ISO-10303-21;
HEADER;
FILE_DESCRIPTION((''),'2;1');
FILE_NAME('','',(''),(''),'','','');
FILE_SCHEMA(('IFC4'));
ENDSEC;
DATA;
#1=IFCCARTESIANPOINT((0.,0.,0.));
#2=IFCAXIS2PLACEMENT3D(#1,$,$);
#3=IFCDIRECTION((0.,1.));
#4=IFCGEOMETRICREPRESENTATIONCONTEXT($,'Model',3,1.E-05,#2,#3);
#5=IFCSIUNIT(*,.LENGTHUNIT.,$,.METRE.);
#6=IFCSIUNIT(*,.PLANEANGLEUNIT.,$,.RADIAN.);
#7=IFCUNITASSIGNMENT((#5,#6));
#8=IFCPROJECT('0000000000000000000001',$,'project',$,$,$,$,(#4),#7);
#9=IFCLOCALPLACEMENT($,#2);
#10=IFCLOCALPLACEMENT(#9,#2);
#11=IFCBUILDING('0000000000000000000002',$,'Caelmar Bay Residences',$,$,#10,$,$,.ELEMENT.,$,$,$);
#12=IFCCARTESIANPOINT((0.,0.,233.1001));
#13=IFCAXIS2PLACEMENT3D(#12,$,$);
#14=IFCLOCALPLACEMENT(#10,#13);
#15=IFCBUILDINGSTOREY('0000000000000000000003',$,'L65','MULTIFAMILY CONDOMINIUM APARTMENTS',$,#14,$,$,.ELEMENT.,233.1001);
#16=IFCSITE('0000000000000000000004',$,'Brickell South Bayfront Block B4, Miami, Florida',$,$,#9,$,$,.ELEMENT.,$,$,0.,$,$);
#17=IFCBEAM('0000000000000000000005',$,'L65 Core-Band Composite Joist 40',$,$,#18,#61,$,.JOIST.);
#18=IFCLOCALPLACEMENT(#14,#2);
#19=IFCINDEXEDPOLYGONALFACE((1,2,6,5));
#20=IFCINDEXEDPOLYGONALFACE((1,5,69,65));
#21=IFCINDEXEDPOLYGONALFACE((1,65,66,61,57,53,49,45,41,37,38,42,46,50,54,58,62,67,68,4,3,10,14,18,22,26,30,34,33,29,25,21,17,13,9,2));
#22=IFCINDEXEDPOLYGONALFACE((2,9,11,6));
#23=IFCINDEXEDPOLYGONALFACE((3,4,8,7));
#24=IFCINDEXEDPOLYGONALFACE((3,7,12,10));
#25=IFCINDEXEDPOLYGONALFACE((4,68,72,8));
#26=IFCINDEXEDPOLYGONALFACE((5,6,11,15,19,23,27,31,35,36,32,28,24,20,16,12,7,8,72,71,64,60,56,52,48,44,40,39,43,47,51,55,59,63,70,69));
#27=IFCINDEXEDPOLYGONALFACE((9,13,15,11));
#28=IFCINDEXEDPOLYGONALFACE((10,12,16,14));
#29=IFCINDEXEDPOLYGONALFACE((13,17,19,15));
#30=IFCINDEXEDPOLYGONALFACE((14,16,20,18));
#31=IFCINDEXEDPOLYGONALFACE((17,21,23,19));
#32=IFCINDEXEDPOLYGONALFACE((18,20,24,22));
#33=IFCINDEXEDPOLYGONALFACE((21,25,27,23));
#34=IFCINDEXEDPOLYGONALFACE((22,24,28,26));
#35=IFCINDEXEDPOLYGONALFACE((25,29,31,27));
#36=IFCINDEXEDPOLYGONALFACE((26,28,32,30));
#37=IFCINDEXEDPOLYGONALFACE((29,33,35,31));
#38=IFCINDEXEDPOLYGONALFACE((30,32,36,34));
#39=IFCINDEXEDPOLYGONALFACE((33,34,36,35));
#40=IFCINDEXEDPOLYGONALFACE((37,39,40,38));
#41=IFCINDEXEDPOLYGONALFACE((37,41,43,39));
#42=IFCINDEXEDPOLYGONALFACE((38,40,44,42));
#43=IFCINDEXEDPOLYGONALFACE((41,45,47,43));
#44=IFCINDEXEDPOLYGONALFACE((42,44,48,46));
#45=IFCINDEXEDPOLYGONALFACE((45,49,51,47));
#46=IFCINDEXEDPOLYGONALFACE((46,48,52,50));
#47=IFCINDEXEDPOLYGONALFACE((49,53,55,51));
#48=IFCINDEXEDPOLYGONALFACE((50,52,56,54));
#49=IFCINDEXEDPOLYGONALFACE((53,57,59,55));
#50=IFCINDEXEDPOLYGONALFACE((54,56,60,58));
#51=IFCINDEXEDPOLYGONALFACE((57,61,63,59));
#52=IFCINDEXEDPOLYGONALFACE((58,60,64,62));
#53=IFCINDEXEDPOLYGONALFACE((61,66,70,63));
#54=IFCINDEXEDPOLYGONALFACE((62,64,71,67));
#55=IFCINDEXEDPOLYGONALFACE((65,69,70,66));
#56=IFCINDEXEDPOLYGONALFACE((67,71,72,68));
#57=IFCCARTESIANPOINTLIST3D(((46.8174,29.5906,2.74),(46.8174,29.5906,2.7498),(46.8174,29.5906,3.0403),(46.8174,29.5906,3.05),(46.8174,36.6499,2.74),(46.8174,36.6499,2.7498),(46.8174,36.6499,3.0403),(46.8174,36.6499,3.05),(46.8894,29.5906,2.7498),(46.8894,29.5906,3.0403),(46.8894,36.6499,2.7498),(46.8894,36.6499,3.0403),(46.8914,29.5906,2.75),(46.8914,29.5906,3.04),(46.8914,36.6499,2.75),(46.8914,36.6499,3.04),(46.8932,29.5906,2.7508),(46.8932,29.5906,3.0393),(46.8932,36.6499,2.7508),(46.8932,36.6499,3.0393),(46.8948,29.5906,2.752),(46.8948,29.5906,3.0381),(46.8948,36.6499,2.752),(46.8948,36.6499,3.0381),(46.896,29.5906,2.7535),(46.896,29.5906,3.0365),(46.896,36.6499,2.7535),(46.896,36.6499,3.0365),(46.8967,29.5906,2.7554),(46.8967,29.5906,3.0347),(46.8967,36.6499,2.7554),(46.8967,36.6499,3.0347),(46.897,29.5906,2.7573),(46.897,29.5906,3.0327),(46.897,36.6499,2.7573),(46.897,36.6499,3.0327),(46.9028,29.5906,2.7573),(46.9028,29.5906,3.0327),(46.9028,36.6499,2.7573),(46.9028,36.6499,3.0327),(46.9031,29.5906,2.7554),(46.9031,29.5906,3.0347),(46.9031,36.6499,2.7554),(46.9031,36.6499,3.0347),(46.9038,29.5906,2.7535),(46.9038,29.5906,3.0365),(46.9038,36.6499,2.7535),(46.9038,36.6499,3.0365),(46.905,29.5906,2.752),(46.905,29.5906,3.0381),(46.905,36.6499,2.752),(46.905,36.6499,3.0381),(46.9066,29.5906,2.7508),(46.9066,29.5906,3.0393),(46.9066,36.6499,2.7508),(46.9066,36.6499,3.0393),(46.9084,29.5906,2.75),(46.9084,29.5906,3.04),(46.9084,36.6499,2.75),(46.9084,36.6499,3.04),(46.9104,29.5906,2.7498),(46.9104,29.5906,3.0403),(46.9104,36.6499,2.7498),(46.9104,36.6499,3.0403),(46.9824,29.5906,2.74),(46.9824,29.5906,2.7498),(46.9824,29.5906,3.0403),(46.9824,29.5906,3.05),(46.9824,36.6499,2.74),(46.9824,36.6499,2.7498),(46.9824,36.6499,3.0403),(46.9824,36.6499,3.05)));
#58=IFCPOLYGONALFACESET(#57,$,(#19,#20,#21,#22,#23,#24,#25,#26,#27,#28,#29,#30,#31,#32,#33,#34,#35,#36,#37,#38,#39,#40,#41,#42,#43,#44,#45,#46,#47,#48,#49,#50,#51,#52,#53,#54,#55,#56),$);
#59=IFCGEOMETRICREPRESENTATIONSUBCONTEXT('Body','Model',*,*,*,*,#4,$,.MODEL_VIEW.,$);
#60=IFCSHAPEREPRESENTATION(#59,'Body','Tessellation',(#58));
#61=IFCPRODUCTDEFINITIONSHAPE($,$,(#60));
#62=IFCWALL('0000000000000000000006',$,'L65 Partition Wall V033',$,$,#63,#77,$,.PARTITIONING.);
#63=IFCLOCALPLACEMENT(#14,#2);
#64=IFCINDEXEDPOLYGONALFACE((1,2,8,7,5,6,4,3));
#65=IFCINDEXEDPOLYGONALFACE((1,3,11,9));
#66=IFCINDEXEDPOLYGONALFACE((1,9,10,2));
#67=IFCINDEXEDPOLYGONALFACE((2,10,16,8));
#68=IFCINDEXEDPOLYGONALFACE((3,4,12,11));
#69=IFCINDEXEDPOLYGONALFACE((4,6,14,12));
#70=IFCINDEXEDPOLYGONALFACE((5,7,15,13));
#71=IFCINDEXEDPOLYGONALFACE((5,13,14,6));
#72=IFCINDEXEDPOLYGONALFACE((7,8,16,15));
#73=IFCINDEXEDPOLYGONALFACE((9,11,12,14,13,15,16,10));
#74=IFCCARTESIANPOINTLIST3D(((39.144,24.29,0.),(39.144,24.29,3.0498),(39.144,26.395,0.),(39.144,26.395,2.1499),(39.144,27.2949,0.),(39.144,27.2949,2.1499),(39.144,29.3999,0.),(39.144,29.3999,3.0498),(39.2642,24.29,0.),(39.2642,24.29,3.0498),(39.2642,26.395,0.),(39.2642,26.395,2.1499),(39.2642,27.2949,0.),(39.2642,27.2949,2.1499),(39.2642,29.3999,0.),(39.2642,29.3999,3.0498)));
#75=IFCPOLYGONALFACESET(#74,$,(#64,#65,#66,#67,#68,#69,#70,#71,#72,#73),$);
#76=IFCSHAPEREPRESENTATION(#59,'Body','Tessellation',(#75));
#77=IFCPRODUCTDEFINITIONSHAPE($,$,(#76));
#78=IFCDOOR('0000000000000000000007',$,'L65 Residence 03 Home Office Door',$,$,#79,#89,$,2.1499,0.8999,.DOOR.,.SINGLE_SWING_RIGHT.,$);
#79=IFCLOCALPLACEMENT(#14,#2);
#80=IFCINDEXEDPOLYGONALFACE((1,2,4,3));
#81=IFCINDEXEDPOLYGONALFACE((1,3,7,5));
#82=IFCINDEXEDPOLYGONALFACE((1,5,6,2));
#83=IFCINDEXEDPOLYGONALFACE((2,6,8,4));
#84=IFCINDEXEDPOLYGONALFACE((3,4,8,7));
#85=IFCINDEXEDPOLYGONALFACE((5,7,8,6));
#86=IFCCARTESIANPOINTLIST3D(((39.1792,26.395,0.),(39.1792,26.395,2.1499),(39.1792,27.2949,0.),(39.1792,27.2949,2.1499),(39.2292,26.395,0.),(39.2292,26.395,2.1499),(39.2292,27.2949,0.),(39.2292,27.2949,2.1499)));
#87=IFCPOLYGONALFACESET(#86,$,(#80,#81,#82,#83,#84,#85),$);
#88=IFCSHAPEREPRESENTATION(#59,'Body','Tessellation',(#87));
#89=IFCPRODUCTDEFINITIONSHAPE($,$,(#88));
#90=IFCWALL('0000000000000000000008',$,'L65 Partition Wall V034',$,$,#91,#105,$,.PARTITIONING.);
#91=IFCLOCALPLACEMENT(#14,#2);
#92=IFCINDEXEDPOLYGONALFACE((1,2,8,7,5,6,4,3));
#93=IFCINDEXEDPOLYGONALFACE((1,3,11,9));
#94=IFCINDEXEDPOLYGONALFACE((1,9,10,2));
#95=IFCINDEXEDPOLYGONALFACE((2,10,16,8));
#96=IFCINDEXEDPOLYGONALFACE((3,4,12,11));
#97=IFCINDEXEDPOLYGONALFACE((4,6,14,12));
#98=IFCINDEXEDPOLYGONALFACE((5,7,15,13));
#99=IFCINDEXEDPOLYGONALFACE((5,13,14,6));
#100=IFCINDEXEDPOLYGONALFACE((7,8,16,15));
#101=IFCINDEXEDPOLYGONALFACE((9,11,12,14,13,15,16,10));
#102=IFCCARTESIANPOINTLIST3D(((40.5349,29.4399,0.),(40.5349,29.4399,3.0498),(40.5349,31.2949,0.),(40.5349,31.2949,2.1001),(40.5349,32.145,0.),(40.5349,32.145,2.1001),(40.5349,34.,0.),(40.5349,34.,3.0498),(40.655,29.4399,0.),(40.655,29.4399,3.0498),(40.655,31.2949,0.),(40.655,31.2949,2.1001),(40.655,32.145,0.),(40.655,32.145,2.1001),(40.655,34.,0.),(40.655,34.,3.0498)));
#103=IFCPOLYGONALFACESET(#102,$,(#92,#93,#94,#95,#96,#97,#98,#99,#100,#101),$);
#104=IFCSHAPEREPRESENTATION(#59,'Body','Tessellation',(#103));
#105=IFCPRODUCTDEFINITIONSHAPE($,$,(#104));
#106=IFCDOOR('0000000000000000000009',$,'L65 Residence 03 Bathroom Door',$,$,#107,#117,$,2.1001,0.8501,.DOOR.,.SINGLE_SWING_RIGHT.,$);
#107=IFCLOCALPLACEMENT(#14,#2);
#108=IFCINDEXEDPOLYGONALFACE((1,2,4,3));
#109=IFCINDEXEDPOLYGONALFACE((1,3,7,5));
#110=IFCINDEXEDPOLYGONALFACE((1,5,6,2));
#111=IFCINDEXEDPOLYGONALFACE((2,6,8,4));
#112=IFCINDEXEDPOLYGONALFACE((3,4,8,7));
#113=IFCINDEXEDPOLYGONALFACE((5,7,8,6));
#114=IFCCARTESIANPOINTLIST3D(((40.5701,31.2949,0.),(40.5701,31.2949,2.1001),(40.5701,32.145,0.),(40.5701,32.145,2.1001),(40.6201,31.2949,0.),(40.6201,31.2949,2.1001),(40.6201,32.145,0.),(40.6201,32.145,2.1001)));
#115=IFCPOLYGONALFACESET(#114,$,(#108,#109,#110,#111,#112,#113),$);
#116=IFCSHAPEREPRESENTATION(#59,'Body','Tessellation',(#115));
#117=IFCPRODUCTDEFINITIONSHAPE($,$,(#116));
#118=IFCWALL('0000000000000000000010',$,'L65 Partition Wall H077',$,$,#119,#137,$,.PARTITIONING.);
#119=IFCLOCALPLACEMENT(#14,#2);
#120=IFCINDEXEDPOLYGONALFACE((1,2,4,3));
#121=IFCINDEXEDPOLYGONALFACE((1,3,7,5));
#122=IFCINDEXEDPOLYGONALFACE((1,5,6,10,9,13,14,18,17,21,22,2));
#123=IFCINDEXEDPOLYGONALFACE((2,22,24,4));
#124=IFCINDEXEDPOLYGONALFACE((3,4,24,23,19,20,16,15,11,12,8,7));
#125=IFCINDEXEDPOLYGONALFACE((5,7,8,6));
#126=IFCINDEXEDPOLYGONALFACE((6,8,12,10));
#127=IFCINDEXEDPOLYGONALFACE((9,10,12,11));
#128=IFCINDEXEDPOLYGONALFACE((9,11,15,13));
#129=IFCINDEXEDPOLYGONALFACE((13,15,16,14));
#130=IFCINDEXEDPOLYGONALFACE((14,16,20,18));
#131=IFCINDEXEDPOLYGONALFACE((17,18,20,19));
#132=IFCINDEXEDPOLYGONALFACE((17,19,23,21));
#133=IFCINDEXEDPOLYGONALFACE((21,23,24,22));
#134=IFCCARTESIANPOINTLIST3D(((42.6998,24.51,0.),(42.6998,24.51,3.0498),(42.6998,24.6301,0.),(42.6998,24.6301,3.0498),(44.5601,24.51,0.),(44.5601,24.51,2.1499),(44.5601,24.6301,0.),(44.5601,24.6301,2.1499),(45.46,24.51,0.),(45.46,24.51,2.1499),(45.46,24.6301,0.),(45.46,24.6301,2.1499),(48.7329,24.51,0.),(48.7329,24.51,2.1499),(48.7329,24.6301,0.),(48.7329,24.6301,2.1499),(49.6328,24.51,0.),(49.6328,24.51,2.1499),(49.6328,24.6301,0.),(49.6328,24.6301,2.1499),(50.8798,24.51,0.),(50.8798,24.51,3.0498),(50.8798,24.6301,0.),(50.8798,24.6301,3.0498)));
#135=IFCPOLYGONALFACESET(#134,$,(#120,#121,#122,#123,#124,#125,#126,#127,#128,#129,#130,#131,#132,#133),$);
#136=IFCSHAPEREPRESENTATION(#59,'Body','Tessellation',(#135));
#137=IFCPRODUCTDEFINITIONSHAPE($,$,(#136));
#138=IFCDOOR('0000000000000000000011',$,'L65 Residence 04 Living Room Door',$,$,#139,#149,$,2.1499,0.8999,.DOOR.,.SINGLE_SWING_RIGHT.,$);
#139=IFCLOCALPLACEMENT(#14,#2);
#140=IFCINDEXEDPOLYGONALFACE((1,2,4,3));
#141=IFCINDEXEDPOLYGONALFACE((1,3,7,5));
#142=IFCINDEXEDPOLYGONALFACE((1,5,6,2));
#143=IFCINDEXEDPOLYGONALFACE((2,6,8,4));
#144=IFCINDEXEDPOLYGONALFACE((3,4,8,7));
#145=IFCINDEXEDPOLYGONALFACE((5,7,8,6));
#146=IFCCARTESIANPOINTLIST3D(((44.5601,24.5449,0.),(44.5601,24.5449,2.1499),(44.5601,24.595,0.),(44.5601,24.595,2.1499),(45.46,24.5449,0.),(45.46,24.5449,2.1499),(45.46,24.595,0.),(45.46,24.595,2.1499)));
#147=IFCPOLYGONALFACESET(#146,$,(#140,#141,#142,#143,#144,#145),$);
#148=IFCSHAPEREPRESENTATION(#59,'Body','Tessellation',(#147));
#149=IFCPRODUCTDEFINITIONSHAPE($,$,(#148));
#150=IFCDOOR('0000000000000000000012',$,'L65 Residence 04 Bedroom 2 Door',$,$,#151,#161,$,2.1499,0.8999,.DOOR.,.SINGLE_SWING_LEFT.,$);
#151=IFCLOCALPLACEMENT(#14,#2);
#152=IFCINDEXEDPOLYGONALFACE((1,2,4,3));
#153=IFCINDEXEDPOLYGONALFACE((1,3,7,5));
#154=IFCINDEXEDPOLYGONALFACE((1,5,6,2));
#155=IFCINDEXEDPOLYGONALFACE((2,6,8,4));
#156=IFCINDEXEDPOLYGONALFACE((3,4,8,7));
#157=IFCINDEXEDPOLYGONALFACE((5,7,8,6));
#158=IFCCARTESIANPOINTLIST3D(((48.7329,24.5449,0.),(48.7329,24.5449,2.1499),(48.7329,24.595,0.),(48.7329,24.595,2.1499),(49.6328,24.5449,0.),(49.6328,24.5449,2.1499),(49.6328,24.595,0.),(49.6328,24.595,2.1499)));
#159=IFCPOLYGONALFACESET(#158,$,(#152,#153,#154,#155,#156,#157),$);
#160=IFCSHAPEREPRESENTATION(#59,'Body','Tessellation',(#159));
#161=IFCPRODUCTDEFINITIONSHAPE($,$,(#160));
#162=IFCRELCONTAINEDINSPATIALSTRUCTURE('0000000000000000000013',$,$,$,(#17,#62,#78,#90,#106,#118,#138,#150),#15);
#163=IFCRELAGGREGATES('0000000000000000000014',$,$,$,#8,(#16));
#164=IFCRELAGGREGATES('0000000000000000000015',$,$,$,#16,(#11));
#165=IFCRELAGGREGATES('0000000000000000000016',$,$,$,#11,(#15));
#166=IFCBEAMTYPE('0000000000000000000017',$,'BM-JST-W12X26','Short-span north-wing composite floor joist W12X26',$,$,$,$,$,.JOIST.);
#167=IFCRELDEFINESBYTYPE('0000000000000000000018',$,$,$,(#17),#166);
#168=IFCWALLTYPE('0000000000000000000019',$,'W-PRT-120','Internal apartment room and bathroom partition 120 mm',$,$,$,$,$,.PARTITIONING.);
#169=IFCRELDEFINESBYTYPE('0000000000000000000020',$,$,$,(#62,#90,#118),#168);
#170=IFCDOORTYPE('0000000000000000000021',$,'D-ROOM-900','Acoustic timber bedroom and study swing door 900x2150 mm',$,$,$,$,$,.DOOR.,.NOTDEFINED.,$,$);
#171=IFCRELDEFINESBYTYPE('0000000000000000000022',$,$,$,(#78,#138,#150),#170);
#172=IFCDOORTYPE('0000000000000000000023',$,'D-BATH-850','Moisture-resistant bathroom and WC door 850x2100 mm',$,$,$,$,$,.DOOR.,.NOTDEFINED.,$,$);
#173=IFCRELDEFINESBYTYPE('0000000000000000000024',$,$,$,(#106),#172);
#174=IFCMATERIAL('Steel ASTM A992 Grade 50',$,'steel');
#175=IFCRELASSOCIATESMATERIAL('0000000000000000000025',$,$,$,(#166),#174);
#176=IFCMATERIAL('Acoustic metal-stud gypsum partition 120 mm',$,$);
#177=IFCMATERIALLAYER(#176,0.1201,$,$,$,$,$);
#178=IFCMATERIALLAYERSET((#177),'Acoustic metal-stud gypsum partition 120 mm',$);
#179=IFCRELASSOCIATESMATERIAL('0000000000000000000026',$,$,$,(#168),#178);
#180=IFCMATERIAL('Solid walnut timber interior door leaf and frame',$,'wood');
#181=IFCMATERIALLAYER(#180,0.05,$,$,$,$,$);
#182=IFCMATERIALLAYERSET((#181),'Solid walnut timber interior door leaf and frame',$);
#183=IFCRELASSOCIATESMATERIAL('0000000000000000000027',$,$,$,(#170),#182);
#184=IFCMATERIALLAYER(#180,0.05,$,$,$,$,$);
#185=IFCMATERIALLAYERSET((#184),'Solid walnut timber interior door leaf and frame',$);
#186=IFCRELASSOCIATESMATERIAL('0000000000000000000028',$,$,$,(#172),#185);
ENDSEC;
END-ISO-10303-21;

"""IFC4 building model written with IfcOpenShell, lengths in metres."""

from ifc_helpers import new_model, si_unit, direction, frame, frame_2d, origin, origin_2d, place, context, subcontext, project, spatial, rectangle, i_section, extrude, material, layer, layer_set, material_profile, profile_set, type_object, element, fill, save


model = new_model("IFC4")

# Units and contexts
model_context = context("Model", 3, precision=1e-05, world=origin(), true_north=direction((0.0, 1.0)))
body_context = subcontext(model_context, "Body", "Model", "MODEL_VIEW")
ifc_project = project(units=[si_unit("LENGTHUNIT", "METRE"), si_unit("PLANEANGLEUNIT", "RADIAN")], contexts=[model_context])

# Site, building, storey
site_placement = place(None, origin())
site = spatial("IfcSite", under=ifc_project, at=site_placement, Name="Brickell South Bayfront Block B4, Miami, Florida", CompositionType="ELEMENT", RefElevation=0.0)
building_placement = place(site_placement, origin())
building = spatial("IfcBuilding", under=site, at=building_placement, Name="Caelmar Bay Residences", CompositionType="ELEMENT")
storey_placement = place(building_placement, frame((0.0, 0.0, 233.1001)))
storey = spatial("IfcBuildingStorey", under=building, at=storey_placement, Name="L65", Description="MULTIFAMILY CONDOMINIUM APARTMENTS", CompositionType="ELEMENT", Elevation=233.1001)

# Beam
ifc_material_1 = material(Name="Steel ASTM A992 Grade 50", Category="steel")
ifc_material_profile_1 = material_profile(ifc_material_1, i_section(OverallWidth=0.165, OverallDepth=0.3101, WebThickness=0.0059, FlangeThickness=0.0098, FilletRadius=0.0076, at=origin_2d()), Name="W12X26")
ifc_profile_set_1 = profile_set([ifc_material_profile_1], Name="Steel ASTM A992 Grade 50")
beam_type_1 = type_object("IfcBeamType", Name="BM-JST-W12X26", Description="Short-span north-wing composite floor joist W12X26", PredefinedType="JOIST", material=ifc_profile_set_1)
for number, where, z_axis, x_axis, name in (
    (1, (46.8999, 29.5906, 2.895), (0.0, 1.0, 0.0), (-1.0, 0.0, 0.0), "L65 Core-Band Composite Joist 40"),
):
    element("IfcBeam", number, at=place(storey_placement, frame(where, z_axis=z_axis, x_axis=x_axis)), inside=storey, type_object=beam_type_1, Name=name, PredefinedType="JOIST", context=body_context, shape_type="SweptSolid", body=[
        extrude(i_section(OverallWidth=0.165, OverallDepth=0.3101, WebThickness=0.0059, FlangeThickness=0.0098, FilletRadius=0.0076, at=origin_2d()), origin(), (0.0, 0.0, 1.0), 7.0593),
    ])

# Walls, openings, doors
ifc_material_2 = material(Name="Acoustic metal-stud gypsum partition 120 mm")
ifc_layer_1 = layer(ifc_material_2, 0.1201)
ifc_layer_set_1 = layer_set([ifc_layer_1], Name="Acoustic metal-stud gypsum partition 120 mm")
wall_type_1 = type_object("IfcWallType", Name="W-PRT-120", Description="Internal apartment room and bathroom partition 120 mm", PredefinedType="PARTITIONING", material=ifc_layer_set_1)
wall_1_placement = place(storey_placement, frame((39.2041, 24.29, 0.0), z_axis=(0.0, 0.0, 1.0), x_axis=(0.0, 1.0, 0.0)))
wall_1 = element("IfcWall", 2, at=wall_1_placement, inside=storey, type_object=wall_type_1, Name="L65 Partition Wall V033", PredefinedType="PARTITIONING", context=body_context, shape_type="SweptSolid", body=[
    extrude(rectangle(XDim=5.1099, YDim=0.1201, at=frame_2d((2.5549, 0.0))), origin(), (0.0, 0.0, 1.0), 3.0498),
])
opening_1_placement = place(wall_1_placement, frame((2.105, 0.0, 0.0)))
opening_1 = element("IfcOpeningElement", 3, at=opening_1_placement, cuts=wall_1, PredefinedType="OPENING", context=body_context, shape_type="SweptSolid", body=[
    extrude(rectangle(XDim=0.8999, YDim=2.1499, at=frame_2d((0.45, 1.075))), frame((0.0, 0.0701, 0.0), z_axis=(0.0, -1.0, 0.0), x_axis=(1.0, 0.0, 0.0)), (0.0, 0.0, 1.0), 0.1401),
])
ifc_material_3 = material(Name="Solid walnut timber interior door leaf and frame", Category="wood")
ifc_layer_2 = layer(ifc_material_3, 0.05)
ifc_layer_set_2 = layer_set([ifc_layer_2], Name="Solid walnut timber interior door leaf and frame")
door_type_1 = type_object("IfcDoorType", Name="D-ROOM-900", Description="Acoustic timber bedroom and study swing door 900x2150 mm", OperationType="NOTDEFINED", PredefinedType="DOOR", material=ifc_layer_set_2)
door_1_placement = place(opening_1_placement, origin())
door_1 = element("IfcDoor", 4, at=door_1_placement, inside=storey, type_object=door_type_1, Name="L65 Residence 03 Home Office Door", OperationType="SINGLE_SWING_RIGHT", OverallHeight=2.1499, OverallWidth=0.8999, PredefinedType="DOOR", context=body_context, shape_type="SweptSolid", body=[
    extrude(rectangle(XDim=0.8999, YDim=2.1499, at=frame_2d((0.45, 1.075))), frame((0.0, 0.0249, 0.0), z_axis=(0.0, -1.0, 0.0), x_axis=(1.0, 0.0, 0.0)), (0.0, 0.0, 1.0), 0.05),
])
fill(opening_1, door_1)
wall_2_placement = place(storey_placement, frame((40.595, 29.4399, 0.0), z_axis=(0.0, 0.0, 1.0), x_axis=(0.0, 1.0, 0.0)))
wall_2 = element("IfcWall", 5, at=wall_2_placement, inside=storey, type_object=wall_type_1, Name="L65 Partition Wall V034", PredefinedType="PARTITIONING", context=body_context, shape_type="SweptSolid", body=[
    extrude(rectangle(XDim=4.5601, YDim=0.1201, at=frame_2d((2.28, 0.0))), origin(), (0.0, 0.0, 1.0), 3.0498),
])
opening_2_placement = place(wall_2_placement, frame((1.855, 0.0, 0.0)))
opening_2 = element("IfcOpeningElement", 6, at=opening_2_placement, cuts=wall_2, PredefinedType="OPENING", context=body_context, shape_type="SweptSolid", body=[
    extrude(rectangle(XDim=0.8501, YDim=2.1001, at=frame_2d((0.425, 1.05))), frame((0.0, 0.0701, 0.0), z_axis=(0.0, -1.0, 0.0), x_axis=(1.0, 0.0, 0.0)), (0.0, 0.0, 1.0), 0.1401),
])
ifc_layer_3 = layer(ifc_material_3, 0.05)
ifc_layer_set_3 = layer_set([ifc_layer_3], Name="Solid walnut timber interior door leaf and frame")
door_type_2 = type_object("IfcDoorType", Name="D-BATH-850", Description="Moisture-resistant bathroom and WC door 850x2100 mm", OperationType="NOTDEFINED", PredefinedType="DOOR", material=ifc_layer_set_3)
door_2_placement = place(opening_2_placement, origin())
door_2 = element("IfcDoor", 7, at=door_2_placement, inside=storey, type_object=door_type_2, Name="L65 Residence 03 Bathroom Door", OperationType="SINGLE_SWING_RIGHT", OverallHeight=2.1001, OverallWidth=0.8501, PredefinedType="DOOR", context=body_context, shape_type="SweptSolid", body=[
    extrude(rectangle(XDim=0.8501, YDim=2.1001, at=frame_2d((0.425, 1.05))), frame((0.0, 0.0249, 0.0), z_axis=(0.0, -1.0, 0.0), x_axis=(1.0, 0.0, 0.0)), (0.0, 0.0, 1.0), 0.05),
])
fill(opening_2, door_2)

# Wall, openings, doors
wall_3_placement = place(storey_placement, frame((42.7, 24.5701, 0.0), z_axis=(0.0, 0.0, 1.0), x_axis=(1.0, 0.0, 0.0)))
wall_3 = element("IfcWall", 8, at=wall_3_placement, inside=storey, type_object=wall_type_1, Name="L65 Partition Wall H077", PredefinedType="PARTITIONING", context=body_context, shape_type="SweptSolid", body=[
    extrude(rectangle(XDim=8.1799, YDim=0.1201, at=frame_2d((4.0898, 0.0))), origin(), (0.0, 0.0, 1.0), 3.0498),
])
opening_3_placement = place(wall_3_placement, frame((1.8601, 0.0, 0.0)))
opening_3 = element("IfcOpeningElement", 9, at=opening_3_placement, cuts=wall_3, PredefinedType="OPENING", context=body_context, shape_type="SweptSolid", body=[
    extrude(rectangle(XDim=0.8999, YDim=2.1499, at=frame_2d((0.45, 1.075))), frame((0.0, 0.0701, 0.0), z_axis=(0.0, -1.0, 0.0), x_axis=(1.0, 0.0, 0.0)), (0.0, 0.0, 1.0), 0.1401),
])
opening_4_placement = place(wall_3_placement, frame((6.033, 0.0, 0.0)))
opening_4 = element("IfcOpeningElement", 10, at=opening_4_placement, cuts=wall_3, PredefinedType="OPENING", context=body_context, shape_type="SweptSolid", body=[
    extrude(rectangle(XDim=0.8999, YDim=2.1499, at=frame_2d((0.45, 1.075))), frame((0.0, 0.0701, 0.0), z_axis=(0.0, -1.0, 0.0), x_axis=(1.0, 0.0, 0.0)), (0.0, 0.0, 1.0), 0.1401),
])
door_3_placement = place(opening_3_placement, origin())
door_3 = element("IfcDoor", 11, at=door_3_placement, inside=storey, type_object=door_type_1, Name="L65 Residence 04 Living Room Door", OperationType="SINGLE_SWING_RIGHT", OverallHeight=2.1499, OverallWidth=0.8999, PredefinedType="DOOR", context=body_context, shape_type="SweptSolid", body=[
    extrude(rectangle(XDim=0.8999, YDim=2.1499, at=frame_2d((0.45, 1.075))), frame((0.0, 0.0249, 0.0), z_axis=(0.0, -1.0, 0.0), x_axis=(1.0, 0.0, 0.0)), (0.0, 0.0, 1.0), 0.05),
])
fill(opening_3, door_3)
door_4_placement = place(opening_4_placement, origin())
door_4 = element("IfcDoor", 12, at=door_4_placement, inside=storey, type_object=door_type_1, Name="L65 Residence 04 Bedroom 2 Door", OperationType="SINGLE_SWING_LEFT", OverallHeight=2.1499, OverallWidth=0.8999, PredefinedType="DOOR", context=body_context, shape_type="SweptSolid", body=[
    extrude(rectangle(XDim=0.8999, YDim=2.1499, at=frame_2d((0.45, 1.075))), frame((0.0, 0.0249, 0.0), z_axis=(0.0, -1.0, 0.0), x_axis=(1.0, 0.0, 0.0)), (0.0, 0.0, 1.0), 0.05),
])
fill(opening_4, door_4)

save(model, "model.ifc")
